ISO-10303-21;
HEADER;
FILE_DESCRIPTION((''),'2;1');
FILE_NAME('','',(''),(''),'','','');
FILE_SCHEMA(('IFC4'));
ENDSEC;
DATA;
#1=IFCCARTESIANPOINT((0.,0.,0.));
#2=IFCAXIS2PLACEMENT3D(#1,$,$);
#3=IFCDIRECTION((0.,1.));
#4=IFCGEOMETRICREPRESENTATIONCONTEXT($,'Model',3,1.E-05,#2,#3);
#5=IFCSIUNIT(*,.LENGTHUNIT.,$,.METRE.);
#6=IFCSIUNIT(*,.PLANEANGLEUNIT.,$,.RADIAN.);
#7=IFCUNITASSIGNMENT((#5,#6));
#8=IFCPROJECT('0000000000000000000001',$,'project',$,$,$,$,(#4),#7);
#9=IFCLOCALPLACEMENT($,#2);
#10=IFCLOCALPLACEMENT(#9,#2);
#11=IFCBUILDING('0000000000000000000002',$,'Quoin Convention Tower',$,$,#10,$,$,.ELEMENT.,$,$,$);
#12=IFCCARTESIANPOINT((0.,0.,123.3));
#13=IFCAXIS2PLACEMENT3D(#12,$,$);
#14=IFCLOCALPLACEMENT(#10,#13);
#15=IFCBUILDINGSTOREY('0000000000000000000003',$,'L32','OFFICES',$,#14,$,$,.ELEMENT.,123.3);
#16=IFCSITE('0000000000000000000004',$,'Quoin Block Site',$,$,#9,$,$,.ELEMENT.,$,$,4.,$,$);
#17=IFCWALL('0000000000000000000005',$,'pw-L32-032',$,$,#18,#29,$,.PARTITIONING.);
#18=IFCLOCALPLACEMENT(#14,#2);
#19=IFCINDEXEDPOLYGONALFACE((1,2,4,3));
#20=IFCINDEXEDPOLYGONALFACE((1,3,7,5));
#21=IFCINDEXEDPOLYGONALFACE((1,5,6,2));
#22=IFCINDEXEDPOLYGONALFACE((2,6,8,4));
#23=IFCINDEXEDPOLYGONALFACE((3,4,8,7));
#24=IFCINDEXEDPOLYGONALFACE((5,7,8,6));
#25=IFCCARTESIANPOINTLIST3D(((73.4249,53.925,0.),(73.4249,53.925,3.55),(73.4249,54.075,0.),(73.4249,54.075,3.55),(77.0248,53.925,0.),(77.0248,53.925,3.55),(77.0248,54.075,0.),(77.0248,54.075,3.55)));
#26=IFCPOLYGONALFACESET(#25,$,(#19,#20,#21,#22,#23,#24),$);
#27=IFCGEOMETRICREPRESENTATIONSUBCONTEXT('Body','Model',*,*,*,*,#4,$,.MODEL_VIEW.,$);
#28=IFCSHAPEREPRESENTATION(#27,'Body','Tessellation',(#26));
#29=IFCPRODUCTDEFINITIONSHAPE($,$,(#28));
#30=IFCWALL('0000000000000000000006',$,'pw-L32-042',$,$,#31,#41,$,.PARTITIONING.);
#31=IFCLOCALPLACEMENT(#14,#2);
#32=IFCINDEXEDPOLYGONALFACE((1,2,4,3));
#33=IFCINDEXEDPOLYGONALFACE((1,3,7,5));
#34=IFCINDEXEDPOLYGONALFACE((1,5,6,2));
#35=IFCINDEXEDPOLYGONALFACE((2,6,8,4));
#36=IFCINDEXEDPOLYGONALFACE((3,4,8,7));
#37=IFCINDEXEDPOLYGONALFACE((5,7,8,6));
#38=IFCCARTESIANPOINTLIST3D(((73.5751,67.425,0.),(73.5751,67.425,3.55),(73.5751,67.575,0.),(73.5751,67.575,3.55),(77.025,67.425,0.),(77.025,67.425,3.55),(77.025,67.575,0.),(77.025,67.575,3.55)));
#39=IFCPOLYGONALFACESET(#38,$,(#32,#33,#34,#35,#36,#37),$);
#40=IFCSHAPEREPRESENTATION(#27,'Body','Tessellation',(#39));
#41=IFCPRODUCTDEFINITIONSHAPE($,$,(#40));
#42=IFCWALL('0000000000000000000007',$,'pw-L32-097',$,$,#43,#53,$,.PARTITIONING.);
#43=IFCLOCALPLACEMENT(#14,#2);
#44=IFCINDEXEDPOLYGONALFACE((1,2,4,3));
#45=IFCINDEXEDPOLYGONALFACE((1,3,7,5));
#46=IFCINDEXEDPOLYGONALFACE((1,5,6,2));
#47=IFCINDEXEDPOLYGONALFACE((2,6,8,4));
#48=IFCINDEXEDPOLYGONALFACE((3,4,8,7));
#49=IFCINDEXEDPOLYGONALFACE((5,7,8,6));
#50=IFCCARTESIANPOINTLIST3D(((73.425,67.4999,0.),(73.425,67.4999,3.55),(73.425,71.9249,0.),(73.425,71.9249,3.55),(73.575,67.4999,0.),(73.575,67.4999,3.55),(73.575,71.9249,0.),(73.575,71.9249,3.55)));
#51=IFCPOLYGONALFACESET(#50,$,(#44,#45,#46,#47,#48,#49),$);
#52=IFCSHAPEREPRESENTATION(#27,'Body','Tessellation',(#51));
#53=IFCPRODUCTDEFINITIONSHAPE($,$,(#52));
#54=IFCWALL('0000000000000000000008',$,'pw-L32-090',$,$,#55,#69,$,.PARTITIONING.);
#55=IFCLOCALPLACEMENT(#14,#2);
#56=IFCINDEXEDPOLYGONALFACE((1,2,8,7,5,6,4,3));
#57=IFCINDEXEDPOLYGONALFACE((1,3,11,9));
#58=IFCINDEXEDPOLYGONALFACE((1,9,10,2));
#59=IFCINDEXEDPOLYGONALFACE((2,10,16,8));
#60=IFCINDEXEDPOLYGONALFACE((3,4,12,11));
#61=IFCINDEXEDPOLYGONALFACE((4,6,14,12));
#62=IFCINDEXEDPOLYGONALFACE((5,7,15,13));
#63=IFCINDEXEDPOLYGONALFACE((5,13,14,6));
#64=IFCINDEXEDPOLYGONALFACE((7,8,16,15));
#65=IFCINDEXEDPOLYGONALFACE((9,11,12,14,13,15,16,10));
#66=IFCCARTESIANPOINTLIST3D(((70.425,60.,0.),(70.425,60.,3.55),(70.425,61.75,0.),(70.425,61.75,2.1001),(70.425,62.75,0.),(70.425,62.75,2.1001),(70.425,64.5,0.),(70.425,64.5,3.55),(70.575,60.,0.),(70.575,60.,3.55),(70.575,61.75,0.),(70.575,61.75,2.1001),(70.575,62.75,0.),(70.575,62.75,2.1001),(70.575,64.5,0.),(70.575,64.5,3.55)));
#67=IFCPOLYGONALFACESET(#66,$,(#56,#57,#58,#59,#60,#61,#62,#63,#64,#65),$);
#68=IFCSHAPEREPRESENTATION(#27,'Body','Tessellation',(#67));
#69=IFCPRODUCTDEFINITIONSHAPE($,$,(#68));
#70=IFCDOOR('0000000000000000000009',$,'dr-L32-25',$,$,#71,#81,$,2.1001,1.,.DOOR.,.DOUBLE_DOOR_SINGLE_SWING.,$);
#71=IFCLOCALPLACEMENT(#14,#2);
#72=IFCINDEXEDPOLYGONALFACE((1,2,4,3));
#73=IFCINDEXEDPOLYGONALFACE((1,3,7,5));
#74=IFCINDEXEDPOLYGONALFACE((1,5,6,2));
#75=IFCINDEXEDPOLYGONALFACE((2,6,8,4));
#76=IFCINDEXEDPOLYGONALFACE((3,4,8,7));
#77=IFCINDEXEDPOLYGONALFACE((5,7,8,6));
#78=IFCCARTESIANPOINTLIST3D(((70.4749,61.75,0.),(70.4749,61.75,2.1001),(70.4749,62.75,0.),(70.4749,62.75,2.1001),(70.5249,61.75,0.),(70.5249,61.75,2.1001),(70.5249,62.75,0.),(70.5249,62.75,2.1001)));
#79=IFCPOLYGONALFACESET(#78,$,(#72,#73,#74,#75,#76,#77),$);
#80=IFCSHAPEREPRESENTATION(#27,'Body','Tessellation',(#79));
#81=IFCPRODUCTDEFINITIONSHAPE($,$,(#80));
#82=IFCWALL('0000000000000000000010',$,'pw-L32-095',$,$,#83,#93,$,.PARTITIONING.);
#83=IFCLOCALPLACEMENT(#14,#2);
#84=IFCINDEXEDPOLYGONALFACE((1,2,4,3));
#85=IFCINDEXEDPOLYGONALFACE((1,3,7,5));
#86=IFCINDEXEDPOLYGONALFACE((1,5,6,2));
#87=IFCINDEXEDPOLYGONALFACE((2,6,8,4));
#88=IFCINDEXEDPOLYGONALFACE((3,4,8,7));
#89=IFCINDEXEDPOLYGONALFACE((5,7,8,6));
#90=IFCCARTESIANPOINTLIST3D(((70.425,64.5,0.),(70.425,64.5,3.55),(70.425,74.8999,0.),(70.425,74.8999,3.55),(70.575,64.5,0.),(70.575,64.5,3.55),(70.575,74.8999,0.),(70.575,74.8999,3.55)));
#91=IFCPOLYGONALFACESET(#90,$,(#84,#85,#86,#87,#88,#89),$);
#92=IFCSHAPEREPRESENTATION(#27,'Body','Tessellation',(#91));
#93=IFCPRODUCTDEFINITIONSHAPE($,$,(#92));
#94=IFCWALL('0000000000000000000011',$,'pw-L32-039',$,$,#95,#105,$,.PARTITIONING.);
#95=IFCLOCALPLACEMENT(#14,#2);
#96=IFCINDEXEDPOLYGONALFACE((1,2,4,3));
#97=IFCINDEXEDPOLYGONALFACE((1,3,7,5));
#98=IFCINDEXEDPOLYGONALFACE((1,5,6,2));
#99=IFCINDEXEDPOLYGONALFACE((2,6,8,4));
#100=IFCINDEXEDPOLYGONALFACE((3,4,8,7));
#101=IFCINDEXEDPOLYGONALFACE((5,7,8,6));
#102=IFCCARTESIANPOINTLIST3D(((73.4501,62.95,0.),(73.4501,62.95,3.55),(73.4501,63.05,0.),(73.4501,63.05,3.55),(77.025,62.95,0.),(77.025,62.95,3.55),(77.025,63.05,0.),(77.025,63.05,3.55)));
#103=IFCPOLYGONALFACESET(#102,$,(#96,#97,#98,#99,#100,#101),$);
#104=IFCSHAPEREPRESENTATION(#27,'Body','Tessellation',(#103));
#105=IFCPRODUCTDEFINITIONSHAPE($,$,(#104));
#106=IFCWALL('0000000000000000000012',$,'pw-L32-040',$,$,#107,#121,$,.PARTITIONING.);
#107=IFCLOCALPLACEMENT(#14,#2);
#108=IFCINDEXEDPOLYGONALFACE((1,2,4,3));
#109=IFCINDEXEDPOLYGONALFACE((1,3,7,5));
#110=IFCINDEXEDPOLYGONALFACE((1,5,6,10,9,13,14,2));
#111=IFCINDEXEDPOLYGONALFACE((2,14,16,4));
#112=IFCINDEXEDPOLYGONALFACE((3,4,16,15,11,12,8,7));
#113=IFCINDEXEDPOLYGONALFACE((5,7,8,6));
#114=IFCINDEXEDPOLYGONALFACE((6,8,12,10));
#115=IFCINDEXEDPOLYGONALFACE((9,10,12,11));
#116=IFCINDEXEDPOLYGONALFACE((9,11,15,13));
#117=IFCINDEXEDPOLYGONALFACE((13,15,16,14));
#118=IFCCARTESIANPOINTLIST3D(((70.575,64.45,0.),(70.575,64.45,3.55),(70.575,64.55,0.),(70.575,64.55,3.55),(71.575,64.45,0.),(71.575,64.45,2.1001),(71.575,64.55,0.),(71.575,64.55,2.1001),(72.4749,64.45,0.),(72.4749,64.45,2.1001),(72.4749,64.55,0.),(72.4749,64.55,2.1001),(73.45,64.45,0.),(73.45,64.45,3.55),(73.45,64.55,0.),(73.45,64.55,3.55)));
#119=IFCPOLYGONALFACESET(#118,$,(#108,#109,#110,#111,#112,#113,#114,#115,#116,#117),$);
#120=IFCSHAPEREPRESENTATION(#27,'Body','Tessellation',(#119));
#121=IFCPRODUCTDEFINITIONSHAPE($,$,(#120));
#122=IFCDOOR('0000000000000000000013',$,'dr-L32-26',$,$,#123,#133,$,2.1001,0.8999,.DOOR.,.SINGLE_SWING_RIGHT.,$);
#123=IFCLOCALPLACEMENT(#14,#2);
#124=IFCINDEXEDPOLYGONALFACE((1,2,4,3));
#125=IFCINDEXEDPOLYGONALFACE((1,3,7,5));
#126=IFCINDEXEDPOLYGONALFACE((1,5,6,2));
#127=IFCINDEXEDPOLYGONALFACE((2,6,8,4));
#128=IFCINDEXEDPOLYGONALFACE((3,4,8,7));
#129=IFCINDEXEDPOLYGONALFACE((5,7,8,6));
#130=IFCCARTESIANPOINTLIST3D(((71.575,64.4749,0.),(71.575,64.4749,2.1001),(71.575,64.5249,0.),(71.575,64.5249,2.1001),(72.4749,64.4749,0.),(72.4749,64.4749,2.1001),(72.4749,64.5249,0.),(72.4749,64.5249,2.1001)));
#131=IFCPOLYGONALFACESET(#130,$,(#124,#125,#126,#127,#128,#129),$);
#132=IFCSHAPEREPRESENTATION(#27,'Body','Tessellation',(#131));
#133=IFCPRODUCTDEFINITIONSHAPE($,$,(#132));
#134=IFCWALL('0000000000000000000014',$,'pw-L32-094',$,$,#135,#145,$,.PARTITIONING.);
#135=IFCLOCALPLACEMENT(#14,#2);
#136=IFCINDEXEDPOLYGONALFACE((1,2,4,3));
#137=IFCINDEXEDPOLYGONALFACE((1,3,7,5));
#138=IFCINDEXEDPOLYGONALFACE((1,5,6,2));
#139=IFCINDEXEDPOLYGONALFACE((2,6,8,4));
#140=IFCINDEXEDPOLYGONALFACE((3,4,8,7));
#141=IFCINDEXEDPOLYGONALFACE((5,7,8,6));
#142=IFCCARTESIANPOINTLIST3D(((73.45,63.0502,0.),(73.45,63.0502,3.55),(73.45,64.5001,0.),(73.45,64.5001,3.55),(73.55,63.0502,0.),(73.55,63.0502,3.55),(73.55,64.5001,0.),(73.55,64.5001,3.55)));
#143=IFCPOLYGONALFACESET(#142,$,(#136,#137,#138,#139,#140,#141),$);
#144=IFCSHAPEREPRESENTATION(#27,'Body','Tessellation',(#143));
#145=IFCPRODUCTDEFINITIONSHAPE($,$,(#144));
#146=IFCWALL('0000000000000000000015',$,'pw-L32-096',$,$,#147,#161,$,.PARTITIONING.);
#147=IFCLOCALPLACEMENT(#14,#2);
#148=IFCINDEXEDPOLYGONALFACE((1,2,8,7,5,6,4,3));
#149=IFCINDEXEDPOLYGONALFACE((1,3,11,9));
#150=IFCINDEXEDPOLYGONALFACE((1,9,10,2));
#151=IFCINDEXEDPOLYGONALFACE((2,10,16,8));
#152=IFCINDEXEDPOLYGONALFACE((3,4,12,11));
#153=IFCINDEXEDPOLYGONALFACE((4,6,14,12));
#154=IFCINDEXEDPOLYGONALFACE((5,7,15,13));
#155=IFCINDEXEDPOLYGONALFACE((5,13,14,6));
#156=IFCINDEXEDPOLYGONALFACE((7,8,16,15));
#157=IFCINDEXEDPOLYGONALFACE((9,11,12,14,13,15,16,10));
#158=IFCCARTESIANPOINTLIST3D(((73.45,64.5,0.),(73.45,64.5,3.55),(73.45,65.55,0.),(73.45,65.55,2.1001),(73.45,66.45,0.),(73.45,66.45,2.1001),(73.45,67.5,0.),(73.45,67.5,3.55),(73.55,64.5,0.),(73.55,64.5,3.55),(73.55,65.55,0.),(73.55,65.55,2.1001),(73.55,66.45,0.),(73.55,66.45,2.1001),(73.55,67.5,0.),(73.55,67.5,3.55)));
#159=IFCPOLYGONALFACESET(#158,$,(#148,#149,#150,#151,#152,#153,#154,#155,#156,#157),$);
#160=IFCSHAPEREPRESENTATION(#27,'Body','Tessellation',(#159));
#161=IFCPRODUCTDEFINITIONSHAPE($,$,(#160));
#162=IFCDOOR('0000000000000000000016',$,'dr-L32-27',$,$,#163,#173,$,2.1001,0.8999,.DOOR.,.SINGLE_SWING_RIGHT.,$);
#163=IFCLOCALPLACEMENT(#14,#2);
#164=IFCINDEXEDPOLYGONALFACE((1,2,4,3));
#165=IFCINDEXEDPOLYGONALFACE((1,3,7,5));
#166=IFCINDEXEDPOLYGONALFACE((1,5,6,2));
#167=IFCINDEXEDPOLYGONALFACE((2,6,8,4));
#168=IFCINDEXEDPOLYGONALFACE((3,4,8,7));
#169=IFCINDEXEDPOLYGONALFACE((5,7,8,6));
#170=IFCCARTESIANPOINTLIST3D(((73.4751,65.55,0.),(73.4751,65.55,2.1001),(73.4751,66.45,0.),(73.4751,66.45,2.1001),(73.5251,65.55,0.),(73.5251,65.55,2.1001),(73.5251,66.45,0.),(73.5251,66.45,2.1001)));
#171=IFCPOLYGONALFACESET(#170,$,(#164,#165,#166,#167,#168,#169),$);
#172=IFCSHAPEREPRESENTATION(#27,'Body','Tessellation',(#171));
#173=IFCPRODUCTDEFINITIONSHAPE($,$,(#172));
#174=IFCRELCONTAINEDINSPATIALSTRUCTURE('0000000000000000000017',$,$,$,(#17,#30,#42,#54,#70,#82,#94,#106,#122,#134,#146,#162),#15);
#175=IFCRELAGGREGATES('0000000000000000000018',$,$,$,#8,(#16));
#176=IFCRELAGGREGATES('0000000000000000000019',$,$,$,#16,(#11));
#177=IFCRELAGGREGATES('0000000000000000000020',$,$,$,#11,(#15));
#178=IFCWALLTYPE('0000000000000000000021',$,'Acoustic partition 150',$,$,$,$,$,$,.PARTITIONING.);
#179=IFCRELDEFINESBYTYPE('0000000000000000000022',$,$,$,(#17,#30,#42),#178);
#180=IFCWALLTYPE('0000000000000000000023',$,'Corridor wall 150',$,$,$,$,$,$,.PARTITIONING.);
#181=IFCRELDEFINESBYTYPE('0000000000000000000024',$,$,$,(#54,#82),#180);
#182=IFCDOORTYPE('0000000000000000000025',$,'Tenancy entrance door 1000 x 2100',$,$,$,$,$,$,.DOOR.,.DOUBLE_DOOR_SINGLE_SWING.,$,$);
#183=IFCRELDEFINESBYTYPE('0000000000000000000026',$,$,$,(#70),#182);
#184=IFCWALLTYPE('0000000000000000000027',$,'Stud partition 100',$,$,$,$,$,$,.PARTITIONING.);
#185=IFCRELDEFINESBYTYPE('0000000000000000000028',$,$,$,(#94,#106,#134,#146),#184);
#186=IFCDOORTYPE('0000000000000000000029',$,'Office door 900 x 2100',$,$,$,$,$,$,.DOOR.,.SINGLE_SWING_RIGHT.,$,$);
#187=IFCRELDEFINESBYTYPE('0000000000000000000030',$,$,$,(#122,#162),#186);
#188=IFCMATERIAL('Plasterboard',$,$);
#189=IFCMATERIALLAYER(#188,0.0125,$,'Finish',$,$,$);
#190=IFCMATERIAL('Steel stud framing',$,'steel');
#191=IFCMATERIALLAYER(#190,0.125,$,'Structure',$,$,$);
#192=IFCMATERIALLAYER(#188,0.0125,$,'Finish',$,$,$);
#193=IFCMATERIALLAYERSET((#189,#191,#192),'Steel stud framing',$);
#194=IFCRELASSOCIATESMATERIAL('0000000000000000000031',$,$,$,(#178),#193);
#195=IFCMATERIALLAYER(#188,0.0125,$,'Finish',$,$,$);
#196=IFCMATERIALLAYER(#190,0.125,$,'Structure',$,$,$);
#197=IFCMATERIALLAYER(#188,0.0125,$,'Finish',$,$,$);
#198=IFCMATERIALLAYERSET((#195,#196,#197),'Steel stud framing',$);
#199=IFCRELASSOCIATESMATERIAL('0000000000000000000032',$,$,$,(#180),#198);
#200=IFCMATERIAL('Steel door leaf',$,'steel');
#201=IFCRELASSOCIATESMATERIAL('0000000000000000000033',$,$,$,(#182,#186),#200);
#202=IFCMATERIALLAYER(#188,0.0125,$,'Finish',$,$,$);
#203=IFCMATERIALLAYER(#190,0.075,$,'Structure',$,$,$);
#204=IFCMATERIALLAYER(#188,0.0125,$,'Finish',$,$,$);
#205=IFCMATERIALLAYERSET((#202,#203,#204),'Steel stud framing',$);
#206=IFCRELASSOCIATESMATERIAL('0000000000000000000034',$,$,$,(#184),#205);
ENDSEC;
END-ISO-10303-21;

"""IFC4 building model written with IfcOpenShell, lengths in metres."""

from ifc_helpers import new_model, si_unit, direction, frame, frame_2d, origin, place, context, subcontext, project, spatial, rectangle, extrude, material, layer, layer_set, type_object, element, fill, save


model = new_model("IFC4")

# Units and contexts
model_context = context("Model", 3, precision=1e-05, world=origin(), true_north=direction((0.0, 1.0)))
body_context = subcontext(model_context, "Body", "Model", "MODEL_VIEW")
ifc_project = project(units=[si_unit("LENGTHUNIT", "METRE"), si_unit("PLANEANGLEUNIT", "RADIAN")], contexts=[model_context])

# Site, building, storey
site_placement = place(None, origin())
site = spatial("IfcSite", under=ifc_project, at=site_placement, Name="Quoin Block Site", CompositionType="ELEMENT", RefElevation=4.0)
building_placement = place(site_placement, origin())
building = spatial("IfcBuilding", under=site, at=building_placement, Name="Quoin Convention Tower", CompositionType="ELEMENT")
storey_placement = place(building_placement, frame((0.0, 0.0, 123.3)))
storey = spatial("IfcBuildingStorey", under=building, at=storey_placement, Name="L32", Description="OFFICES", CompositionType="ELEMENT", Elevation=123.3)

# Walls
ifc_material_1 = material(Name="Plasterboard")
ifc_layer_1 = layer(ifc_material_1, 0.0125, Name="Finish")
ifc_material_2 = material(Name="Steel stud framing", Category="steel")
ifc_layer_2 = layer(ifc_material_2, 0.125, Name="Structure")
ifc_layer_3 = layer(ifc_material_1, 0.0125, Name="Finish")
ifc_layer_set_1 = layer_set([ifc_layer_1, ifc_layer_2, ifc_layer_3], Name="Steel stud framing")
wall_type_1 = type_object("IfcWallType", Name="Acoustic partition 150", PredefinedType="PARTITIONING", material=ifc_layer_set_1)
wall_1_placement = place(storey_placement, frame((73.425, 54.0, 0.0), z_axis=(0.0, 0.0, 1.0), x_axis=(1.0, 0.0, 0.0)))
element("IfcWall", 1, at=wall_1_placement, inside=storey, type_object=wall_type_1, Name="pw-L32-032", PredefinedType="PARTITIONING", context=body_context, shape_type="SweptSolid", body=[
    extrude(rectangle(XDim=3.5999, YDim=0.1499, at=frame_2d((1.7998, 0.0))), origin(), (0.0, 0.0, 1.0), 3.55),
])
wall_2_placement = place(storey_placement, frame((73.575, 67.5, 0.0), z_axis=(0.0, 0.0, 1.0), x_axis=(1.0, 0.0, 0.0)))
element("IfcWall", 2, at=wall_2_placement, inside=storey, type_object=wall_type_1, Name="pw-L32-042", PredefinedType="PARTITIONING", context=body_context, shape_type="SweptSolid", body=[
    extrude(rectangle(XDim=3.45, YDim=0.1499, at=frame_2d((1.7251, 0.0))), origin(), (0.0, 0.0, 1.0), 3.55),
])
wall_3_placement = place(storey_placement, frame((73.5, 67.5, 0.0), z_axis=(0.0, 0.0, 1.0), x_axis=(0.0, 1.0, 0.0)))
element("IfcWall", 3, at=wall_3_placement, inside=storey, type_object=wall_type_1, Name="pw-L32-097", PredefinedType="PARTITIONING", context=body_context, shape_type="SweptSolid", body=[
    extrude(rectangle(XDim=4.425, YDim=0.1499, at=frame_2d((2.2124, 0.0))), origin(), (0.0, 0.0, 1.0), 3.55),
])

# Wall, opening, door
ifc_layer_4 = layer(ifc_material_1, 0.0125, Name="Finish")
ifc_layer_5 = layer(ifc_material_2, 0.125, Name="Structure")
ifc_layer_6 = layer(ifc_material_1, 0.0125, Name="Finish")
ifc_layer_set_2 = layer_set([ifc_layer_4, ifc_layer_5, ifc_layer_6], Name="Steel stud framing")
wall_type_2 = type_object("IfcWallType", Name="Corridor wall 150", PredefinedType="PARTITIONING", material=ifc_layer_set_2)
wall_4_placement = place(storey_placement, frame((70.5, 60.0, 0.0), z_axis=(0.0, 0.0, 1.0), x_axis=(0.0, 1.0, 0.0)))
wall_4 = element("IfcWall", 4, at=wall_4_placement, inside=storey, type_object=wall_type_2, Name="pw-L32-090", PredefinedType="PARTITIONING", context=body_context, shape_type="SweptSolid", body=[
    extrude(rectangle(XDim=4.5, YDim=0.1499, at=frame_2d((2.25, 0.0))), origin(), (0.0, 0.0, 1.0), 3.55),
])
opening_1_placement = place(wall_4_placement, frame((1.75, 0.0, 0.0)))
opening_1 = element("IfcOpeningElement", 5, at=opening_1_placement, cuts=wall_4, PredefinedType="OPENING", context=body_context, shape_type="SweptSolid", body=[
    extrude(rectangle(XDim=1.0, YDim=2.1001, at=frame_2d((0.5, 1.05))), frame((0.0, 0.085, 0.0), z_axis=(0.0, -1.0, 0.0), x_axis=(1.0, 0.0, 0.0)), (0.0, 0.0, 1.0), 0.1699),
])
ifc_material_3 = material(Name="Steel door leaf", Category="steel")
door_type_1 = type_object("IfcDoorType", Name="Tenancy entrance door 1000 x 2100", OperationType="DOUBLE_DOOR_SINGLE_SWING", PredefinedType="DOOR", material=ifc_material_3)
door_1_placement = place(opening_1_placement, frame((1.0, 0.0, 0.0), z_axis=(0.0, 0.0, 1.0), x_axis=(-1.0, 0.0, 0.0)))
door_1 = element("IfcDoor", 6, at=door_1_placement, inside=storey, type_object=door_type_1, Name="dr-L32-25", OperationType="DOUBLE_DOOR_SINGLE_SWING", OverallHeight=2.1001, OverallWidth=1.0, PredefinedType="DOOR", context=body_context, shape_type="SweptSolid", body=[
    extrude(rectangle(XDim=1.0, YDim=2.1001, at=frame_2d((0.5, 1.05))), frame((0.0, 0.0249, 0.0), z_axis=(0.0, -1.0, 0.0), x_axis=(1.0, 0.0, 0.0)), (0.0, 0.0, 1.0), 0.05),
])
fill(opening_1, door_1)

# Walls
wall_5_placement = place(storey_placement, frame((70.5, 64.5, 0.0), z_axis=(0.0, 0.0, 1.0), x_axis=(0.0, 1.0, 0.0)))
element("IfcWall", 7, at=wall_5_placement, inside=storey, type_object=wall_type_2, Name="pw-L32-095", PredefinedType="PARTITIONING", context=body_context, shape_type="SweptSolid", body=[
    extrude(rectangle(XDim=10.3999, YDim=0.1499, at=frame_2d((5.2, 0.0))), origin(), (0.0, 0.0, 1.0), 3.55),
])
ifc_layer_7 = layer(ifc_material_1, 0.0125, Name="Finish")
ifc_layer_8 = layer(ifc_material_2, 0.075, Name="Structure")
ifc_layer_9 = layer(ifc_material_1, 0.0125, Name="Finish")
ifc_layer_set_3 = layer_set([ifc_layer_7, ifc_layer_8, ifc_layer_9], Name="Steel stud framing")
wall_type_3 = type_object("IfcWallType", Name="Stud partition 100", PredefinedType="PARTITIONING", material=ifc_layer_set_3)
wall_6_placement = place(storey_placement, frame((73.45, 63.0, 0.0), z_axis=(0.0, 0.0, 1.0), x_axis=(1.0, 0.0, 0.0)))
element("IfcWall", 8, at=wall_6_placement, inside=storey, type_object=wall_type_3, Name="pw-L32-039", PredefinedType="PARTITIONING", context=body_context, shape_type="SweptSolid", body=[
    extrude(rectangle(XDim=3.575, YDim=0.1001, at=frame_2d((1.7876, 0.0))), origin(), (0.0, 0.0, 1.0), 3.55),
])

# Wall, opening, door
wall_7_placement = place(storey_placement, frame((70.575, 64.5, 0.0), z_axis=(0.0, 0.0, 1.0), x_axis=(1.0, 0.0, 0.0)))
wall_7 = element("IfcWall", 9, at=wall_7_placement, inside=storey, type_object=wall_type_3, Name="pw-L32-040", PredefinedType="PARTITIONING", context=body_context, shape_type="SweptSolid", body=[
    extrude(rectangle(XDim=2.875, YDim=0.1001, at=frame_2d((1.4375, 0.0))), origin(), (0.0, 0.0, 1.0), 3.55),
])
opening_2_placement = place(wall_7_placement, frame((1.0, 0.0, 0.0)))
opening_2 = element("IfcOpeningElement", 10, at=opening_2_placement, cuts=wall_7, PredefinedType="OPENING", context=body_context, shape_type="SweptSolid", body=[
    extrude(rectangle(XDim=0.8999, YDim=2.1001, at=frame_2d((0.45, 1.05))), frame((0.0, 0.0601, 0.0), z_axis=(0.0, -1.0, 0.0), x_axis=(1.0, 0.0, 0.0)), (0.0, 0.0, 1.0), 0.1201),
])
door_type_2 = type_object("IfcDoorType", Name="Office door 900 x 2100", OperationType="SINGLE_SWING_RIGHT", PredefinedType="DOOR", material=ifc_material_3)
door_2_placement = place(opening_2_placement, origin())
door_2 = element("IfcDoor", 11, at=door_2_placement, inside=storey, type_object=door_type_2, Name="dr-L32-26", OperationType="SINGLE_SWING_RIGHT", OverallHeight=2.1001, OverallWidth=0.8999, PredefinedType="DOOR", context=body_context, shape_type="SweptSolid", body=[
    extrude(rectangle(XDim=0.8999, YDim=2.1001, at=frame_2d((0.45, 1.05))), frame((0.0, 0.0249, 0.0), z_axis=(0.0, -1.0, 0.0), x_axis=(1.0, 0.0, 0.0)), (0.0, 0.0, 1.0), 0.05),
])
fill(opening_2, door_2)

# Wall
wall_8_placement = place(storey_placement, frame((73.5, 63.05, 0.0), z_axis=(0.0, 0.0, 1.0), x_axis=(0.0, 1.0, 0.0)))
element("IfcWall", 12, at=wall_8_placement, inside=storey, type_object=wall_type_3, Name="pw-L32-094", PredefinedType="PARTITIONING", context=body_context, shape_type="SweptSolid", body=[
    extrude(rectangle(XDim=1.45, YDim=0.1001, at=frame_2d((0.7251, 0.0))), origin(), (0.0, 0.0, 1.0), 3.55),
])

# Wall, opening, door
wall_9_placement = place(storey_placement, frame((73.5, 64.5, 0.0), z_axis=(0.0, 0.0, 1.0), x_axis=(0.0, 1.0, 0.0)))
wall_9 = element("IfcWall", 13, at=wall_9_placement, inside=storey, type_object=wall_type_3, Name="pw-L32-096", PredefinedType="PARTITIONING", context=body_context, shape_type="SweptSolid", body=[
    extrude(rectangle(XDim=3.0, YDim=0.1001, at=frame_2d((1.5, 0.0))), origin(), (0.0, 0.0, 1.0), 3.55),
])
opening_3_placement = place(wall_9_placement, frame((1.05, 0.0, 0.0)))
opening_3 = element("IfcOpeningElement", 14, at=opening_3_placement, cuts=wall_9, PredefinedType="OPENING", context=body_context, shape_type="SweptSolid", body=[
    extrude(rectangle(XDim=0.8999, YDim=2.1001, at=frame_2d((0.45, 1.05))), frame((0.0, 0.0601, 0.0), z_axis=(0.0, -1.0, 0.0), x_axis=(1.0, 0.0, 0.0)), (0.0, 0.0, 1.0), 0.1201),
])
door_3_placement = place(opening_3_placement, origin())
door_3 = element("IfcDoor", 15, at=door_3_placement, inside=storey, type_object=door_type_2, Name="dr-L32-27", OperationType="SINGLE_SWING_RIGHT", OverallHeight=2.1001, OverallWidth=0.8999, PredefinedType="DOOR", context=body_context, shape_type="SweptSolid", body=[
    extrude(rectangle(XDim=0.8999, YDim=2.1001, at=frame_2d((0.45, 1.05))), frame((0.0, 0.0249, 0.0), z_axis=(0.0, -1.0, 0.0), x_axis=(1.0, 0.0, 0.0)), (0.0, 0.0, 1.0), 0.05),
])
fill(opening_3, door_3)

save(model, "model.ifc")
